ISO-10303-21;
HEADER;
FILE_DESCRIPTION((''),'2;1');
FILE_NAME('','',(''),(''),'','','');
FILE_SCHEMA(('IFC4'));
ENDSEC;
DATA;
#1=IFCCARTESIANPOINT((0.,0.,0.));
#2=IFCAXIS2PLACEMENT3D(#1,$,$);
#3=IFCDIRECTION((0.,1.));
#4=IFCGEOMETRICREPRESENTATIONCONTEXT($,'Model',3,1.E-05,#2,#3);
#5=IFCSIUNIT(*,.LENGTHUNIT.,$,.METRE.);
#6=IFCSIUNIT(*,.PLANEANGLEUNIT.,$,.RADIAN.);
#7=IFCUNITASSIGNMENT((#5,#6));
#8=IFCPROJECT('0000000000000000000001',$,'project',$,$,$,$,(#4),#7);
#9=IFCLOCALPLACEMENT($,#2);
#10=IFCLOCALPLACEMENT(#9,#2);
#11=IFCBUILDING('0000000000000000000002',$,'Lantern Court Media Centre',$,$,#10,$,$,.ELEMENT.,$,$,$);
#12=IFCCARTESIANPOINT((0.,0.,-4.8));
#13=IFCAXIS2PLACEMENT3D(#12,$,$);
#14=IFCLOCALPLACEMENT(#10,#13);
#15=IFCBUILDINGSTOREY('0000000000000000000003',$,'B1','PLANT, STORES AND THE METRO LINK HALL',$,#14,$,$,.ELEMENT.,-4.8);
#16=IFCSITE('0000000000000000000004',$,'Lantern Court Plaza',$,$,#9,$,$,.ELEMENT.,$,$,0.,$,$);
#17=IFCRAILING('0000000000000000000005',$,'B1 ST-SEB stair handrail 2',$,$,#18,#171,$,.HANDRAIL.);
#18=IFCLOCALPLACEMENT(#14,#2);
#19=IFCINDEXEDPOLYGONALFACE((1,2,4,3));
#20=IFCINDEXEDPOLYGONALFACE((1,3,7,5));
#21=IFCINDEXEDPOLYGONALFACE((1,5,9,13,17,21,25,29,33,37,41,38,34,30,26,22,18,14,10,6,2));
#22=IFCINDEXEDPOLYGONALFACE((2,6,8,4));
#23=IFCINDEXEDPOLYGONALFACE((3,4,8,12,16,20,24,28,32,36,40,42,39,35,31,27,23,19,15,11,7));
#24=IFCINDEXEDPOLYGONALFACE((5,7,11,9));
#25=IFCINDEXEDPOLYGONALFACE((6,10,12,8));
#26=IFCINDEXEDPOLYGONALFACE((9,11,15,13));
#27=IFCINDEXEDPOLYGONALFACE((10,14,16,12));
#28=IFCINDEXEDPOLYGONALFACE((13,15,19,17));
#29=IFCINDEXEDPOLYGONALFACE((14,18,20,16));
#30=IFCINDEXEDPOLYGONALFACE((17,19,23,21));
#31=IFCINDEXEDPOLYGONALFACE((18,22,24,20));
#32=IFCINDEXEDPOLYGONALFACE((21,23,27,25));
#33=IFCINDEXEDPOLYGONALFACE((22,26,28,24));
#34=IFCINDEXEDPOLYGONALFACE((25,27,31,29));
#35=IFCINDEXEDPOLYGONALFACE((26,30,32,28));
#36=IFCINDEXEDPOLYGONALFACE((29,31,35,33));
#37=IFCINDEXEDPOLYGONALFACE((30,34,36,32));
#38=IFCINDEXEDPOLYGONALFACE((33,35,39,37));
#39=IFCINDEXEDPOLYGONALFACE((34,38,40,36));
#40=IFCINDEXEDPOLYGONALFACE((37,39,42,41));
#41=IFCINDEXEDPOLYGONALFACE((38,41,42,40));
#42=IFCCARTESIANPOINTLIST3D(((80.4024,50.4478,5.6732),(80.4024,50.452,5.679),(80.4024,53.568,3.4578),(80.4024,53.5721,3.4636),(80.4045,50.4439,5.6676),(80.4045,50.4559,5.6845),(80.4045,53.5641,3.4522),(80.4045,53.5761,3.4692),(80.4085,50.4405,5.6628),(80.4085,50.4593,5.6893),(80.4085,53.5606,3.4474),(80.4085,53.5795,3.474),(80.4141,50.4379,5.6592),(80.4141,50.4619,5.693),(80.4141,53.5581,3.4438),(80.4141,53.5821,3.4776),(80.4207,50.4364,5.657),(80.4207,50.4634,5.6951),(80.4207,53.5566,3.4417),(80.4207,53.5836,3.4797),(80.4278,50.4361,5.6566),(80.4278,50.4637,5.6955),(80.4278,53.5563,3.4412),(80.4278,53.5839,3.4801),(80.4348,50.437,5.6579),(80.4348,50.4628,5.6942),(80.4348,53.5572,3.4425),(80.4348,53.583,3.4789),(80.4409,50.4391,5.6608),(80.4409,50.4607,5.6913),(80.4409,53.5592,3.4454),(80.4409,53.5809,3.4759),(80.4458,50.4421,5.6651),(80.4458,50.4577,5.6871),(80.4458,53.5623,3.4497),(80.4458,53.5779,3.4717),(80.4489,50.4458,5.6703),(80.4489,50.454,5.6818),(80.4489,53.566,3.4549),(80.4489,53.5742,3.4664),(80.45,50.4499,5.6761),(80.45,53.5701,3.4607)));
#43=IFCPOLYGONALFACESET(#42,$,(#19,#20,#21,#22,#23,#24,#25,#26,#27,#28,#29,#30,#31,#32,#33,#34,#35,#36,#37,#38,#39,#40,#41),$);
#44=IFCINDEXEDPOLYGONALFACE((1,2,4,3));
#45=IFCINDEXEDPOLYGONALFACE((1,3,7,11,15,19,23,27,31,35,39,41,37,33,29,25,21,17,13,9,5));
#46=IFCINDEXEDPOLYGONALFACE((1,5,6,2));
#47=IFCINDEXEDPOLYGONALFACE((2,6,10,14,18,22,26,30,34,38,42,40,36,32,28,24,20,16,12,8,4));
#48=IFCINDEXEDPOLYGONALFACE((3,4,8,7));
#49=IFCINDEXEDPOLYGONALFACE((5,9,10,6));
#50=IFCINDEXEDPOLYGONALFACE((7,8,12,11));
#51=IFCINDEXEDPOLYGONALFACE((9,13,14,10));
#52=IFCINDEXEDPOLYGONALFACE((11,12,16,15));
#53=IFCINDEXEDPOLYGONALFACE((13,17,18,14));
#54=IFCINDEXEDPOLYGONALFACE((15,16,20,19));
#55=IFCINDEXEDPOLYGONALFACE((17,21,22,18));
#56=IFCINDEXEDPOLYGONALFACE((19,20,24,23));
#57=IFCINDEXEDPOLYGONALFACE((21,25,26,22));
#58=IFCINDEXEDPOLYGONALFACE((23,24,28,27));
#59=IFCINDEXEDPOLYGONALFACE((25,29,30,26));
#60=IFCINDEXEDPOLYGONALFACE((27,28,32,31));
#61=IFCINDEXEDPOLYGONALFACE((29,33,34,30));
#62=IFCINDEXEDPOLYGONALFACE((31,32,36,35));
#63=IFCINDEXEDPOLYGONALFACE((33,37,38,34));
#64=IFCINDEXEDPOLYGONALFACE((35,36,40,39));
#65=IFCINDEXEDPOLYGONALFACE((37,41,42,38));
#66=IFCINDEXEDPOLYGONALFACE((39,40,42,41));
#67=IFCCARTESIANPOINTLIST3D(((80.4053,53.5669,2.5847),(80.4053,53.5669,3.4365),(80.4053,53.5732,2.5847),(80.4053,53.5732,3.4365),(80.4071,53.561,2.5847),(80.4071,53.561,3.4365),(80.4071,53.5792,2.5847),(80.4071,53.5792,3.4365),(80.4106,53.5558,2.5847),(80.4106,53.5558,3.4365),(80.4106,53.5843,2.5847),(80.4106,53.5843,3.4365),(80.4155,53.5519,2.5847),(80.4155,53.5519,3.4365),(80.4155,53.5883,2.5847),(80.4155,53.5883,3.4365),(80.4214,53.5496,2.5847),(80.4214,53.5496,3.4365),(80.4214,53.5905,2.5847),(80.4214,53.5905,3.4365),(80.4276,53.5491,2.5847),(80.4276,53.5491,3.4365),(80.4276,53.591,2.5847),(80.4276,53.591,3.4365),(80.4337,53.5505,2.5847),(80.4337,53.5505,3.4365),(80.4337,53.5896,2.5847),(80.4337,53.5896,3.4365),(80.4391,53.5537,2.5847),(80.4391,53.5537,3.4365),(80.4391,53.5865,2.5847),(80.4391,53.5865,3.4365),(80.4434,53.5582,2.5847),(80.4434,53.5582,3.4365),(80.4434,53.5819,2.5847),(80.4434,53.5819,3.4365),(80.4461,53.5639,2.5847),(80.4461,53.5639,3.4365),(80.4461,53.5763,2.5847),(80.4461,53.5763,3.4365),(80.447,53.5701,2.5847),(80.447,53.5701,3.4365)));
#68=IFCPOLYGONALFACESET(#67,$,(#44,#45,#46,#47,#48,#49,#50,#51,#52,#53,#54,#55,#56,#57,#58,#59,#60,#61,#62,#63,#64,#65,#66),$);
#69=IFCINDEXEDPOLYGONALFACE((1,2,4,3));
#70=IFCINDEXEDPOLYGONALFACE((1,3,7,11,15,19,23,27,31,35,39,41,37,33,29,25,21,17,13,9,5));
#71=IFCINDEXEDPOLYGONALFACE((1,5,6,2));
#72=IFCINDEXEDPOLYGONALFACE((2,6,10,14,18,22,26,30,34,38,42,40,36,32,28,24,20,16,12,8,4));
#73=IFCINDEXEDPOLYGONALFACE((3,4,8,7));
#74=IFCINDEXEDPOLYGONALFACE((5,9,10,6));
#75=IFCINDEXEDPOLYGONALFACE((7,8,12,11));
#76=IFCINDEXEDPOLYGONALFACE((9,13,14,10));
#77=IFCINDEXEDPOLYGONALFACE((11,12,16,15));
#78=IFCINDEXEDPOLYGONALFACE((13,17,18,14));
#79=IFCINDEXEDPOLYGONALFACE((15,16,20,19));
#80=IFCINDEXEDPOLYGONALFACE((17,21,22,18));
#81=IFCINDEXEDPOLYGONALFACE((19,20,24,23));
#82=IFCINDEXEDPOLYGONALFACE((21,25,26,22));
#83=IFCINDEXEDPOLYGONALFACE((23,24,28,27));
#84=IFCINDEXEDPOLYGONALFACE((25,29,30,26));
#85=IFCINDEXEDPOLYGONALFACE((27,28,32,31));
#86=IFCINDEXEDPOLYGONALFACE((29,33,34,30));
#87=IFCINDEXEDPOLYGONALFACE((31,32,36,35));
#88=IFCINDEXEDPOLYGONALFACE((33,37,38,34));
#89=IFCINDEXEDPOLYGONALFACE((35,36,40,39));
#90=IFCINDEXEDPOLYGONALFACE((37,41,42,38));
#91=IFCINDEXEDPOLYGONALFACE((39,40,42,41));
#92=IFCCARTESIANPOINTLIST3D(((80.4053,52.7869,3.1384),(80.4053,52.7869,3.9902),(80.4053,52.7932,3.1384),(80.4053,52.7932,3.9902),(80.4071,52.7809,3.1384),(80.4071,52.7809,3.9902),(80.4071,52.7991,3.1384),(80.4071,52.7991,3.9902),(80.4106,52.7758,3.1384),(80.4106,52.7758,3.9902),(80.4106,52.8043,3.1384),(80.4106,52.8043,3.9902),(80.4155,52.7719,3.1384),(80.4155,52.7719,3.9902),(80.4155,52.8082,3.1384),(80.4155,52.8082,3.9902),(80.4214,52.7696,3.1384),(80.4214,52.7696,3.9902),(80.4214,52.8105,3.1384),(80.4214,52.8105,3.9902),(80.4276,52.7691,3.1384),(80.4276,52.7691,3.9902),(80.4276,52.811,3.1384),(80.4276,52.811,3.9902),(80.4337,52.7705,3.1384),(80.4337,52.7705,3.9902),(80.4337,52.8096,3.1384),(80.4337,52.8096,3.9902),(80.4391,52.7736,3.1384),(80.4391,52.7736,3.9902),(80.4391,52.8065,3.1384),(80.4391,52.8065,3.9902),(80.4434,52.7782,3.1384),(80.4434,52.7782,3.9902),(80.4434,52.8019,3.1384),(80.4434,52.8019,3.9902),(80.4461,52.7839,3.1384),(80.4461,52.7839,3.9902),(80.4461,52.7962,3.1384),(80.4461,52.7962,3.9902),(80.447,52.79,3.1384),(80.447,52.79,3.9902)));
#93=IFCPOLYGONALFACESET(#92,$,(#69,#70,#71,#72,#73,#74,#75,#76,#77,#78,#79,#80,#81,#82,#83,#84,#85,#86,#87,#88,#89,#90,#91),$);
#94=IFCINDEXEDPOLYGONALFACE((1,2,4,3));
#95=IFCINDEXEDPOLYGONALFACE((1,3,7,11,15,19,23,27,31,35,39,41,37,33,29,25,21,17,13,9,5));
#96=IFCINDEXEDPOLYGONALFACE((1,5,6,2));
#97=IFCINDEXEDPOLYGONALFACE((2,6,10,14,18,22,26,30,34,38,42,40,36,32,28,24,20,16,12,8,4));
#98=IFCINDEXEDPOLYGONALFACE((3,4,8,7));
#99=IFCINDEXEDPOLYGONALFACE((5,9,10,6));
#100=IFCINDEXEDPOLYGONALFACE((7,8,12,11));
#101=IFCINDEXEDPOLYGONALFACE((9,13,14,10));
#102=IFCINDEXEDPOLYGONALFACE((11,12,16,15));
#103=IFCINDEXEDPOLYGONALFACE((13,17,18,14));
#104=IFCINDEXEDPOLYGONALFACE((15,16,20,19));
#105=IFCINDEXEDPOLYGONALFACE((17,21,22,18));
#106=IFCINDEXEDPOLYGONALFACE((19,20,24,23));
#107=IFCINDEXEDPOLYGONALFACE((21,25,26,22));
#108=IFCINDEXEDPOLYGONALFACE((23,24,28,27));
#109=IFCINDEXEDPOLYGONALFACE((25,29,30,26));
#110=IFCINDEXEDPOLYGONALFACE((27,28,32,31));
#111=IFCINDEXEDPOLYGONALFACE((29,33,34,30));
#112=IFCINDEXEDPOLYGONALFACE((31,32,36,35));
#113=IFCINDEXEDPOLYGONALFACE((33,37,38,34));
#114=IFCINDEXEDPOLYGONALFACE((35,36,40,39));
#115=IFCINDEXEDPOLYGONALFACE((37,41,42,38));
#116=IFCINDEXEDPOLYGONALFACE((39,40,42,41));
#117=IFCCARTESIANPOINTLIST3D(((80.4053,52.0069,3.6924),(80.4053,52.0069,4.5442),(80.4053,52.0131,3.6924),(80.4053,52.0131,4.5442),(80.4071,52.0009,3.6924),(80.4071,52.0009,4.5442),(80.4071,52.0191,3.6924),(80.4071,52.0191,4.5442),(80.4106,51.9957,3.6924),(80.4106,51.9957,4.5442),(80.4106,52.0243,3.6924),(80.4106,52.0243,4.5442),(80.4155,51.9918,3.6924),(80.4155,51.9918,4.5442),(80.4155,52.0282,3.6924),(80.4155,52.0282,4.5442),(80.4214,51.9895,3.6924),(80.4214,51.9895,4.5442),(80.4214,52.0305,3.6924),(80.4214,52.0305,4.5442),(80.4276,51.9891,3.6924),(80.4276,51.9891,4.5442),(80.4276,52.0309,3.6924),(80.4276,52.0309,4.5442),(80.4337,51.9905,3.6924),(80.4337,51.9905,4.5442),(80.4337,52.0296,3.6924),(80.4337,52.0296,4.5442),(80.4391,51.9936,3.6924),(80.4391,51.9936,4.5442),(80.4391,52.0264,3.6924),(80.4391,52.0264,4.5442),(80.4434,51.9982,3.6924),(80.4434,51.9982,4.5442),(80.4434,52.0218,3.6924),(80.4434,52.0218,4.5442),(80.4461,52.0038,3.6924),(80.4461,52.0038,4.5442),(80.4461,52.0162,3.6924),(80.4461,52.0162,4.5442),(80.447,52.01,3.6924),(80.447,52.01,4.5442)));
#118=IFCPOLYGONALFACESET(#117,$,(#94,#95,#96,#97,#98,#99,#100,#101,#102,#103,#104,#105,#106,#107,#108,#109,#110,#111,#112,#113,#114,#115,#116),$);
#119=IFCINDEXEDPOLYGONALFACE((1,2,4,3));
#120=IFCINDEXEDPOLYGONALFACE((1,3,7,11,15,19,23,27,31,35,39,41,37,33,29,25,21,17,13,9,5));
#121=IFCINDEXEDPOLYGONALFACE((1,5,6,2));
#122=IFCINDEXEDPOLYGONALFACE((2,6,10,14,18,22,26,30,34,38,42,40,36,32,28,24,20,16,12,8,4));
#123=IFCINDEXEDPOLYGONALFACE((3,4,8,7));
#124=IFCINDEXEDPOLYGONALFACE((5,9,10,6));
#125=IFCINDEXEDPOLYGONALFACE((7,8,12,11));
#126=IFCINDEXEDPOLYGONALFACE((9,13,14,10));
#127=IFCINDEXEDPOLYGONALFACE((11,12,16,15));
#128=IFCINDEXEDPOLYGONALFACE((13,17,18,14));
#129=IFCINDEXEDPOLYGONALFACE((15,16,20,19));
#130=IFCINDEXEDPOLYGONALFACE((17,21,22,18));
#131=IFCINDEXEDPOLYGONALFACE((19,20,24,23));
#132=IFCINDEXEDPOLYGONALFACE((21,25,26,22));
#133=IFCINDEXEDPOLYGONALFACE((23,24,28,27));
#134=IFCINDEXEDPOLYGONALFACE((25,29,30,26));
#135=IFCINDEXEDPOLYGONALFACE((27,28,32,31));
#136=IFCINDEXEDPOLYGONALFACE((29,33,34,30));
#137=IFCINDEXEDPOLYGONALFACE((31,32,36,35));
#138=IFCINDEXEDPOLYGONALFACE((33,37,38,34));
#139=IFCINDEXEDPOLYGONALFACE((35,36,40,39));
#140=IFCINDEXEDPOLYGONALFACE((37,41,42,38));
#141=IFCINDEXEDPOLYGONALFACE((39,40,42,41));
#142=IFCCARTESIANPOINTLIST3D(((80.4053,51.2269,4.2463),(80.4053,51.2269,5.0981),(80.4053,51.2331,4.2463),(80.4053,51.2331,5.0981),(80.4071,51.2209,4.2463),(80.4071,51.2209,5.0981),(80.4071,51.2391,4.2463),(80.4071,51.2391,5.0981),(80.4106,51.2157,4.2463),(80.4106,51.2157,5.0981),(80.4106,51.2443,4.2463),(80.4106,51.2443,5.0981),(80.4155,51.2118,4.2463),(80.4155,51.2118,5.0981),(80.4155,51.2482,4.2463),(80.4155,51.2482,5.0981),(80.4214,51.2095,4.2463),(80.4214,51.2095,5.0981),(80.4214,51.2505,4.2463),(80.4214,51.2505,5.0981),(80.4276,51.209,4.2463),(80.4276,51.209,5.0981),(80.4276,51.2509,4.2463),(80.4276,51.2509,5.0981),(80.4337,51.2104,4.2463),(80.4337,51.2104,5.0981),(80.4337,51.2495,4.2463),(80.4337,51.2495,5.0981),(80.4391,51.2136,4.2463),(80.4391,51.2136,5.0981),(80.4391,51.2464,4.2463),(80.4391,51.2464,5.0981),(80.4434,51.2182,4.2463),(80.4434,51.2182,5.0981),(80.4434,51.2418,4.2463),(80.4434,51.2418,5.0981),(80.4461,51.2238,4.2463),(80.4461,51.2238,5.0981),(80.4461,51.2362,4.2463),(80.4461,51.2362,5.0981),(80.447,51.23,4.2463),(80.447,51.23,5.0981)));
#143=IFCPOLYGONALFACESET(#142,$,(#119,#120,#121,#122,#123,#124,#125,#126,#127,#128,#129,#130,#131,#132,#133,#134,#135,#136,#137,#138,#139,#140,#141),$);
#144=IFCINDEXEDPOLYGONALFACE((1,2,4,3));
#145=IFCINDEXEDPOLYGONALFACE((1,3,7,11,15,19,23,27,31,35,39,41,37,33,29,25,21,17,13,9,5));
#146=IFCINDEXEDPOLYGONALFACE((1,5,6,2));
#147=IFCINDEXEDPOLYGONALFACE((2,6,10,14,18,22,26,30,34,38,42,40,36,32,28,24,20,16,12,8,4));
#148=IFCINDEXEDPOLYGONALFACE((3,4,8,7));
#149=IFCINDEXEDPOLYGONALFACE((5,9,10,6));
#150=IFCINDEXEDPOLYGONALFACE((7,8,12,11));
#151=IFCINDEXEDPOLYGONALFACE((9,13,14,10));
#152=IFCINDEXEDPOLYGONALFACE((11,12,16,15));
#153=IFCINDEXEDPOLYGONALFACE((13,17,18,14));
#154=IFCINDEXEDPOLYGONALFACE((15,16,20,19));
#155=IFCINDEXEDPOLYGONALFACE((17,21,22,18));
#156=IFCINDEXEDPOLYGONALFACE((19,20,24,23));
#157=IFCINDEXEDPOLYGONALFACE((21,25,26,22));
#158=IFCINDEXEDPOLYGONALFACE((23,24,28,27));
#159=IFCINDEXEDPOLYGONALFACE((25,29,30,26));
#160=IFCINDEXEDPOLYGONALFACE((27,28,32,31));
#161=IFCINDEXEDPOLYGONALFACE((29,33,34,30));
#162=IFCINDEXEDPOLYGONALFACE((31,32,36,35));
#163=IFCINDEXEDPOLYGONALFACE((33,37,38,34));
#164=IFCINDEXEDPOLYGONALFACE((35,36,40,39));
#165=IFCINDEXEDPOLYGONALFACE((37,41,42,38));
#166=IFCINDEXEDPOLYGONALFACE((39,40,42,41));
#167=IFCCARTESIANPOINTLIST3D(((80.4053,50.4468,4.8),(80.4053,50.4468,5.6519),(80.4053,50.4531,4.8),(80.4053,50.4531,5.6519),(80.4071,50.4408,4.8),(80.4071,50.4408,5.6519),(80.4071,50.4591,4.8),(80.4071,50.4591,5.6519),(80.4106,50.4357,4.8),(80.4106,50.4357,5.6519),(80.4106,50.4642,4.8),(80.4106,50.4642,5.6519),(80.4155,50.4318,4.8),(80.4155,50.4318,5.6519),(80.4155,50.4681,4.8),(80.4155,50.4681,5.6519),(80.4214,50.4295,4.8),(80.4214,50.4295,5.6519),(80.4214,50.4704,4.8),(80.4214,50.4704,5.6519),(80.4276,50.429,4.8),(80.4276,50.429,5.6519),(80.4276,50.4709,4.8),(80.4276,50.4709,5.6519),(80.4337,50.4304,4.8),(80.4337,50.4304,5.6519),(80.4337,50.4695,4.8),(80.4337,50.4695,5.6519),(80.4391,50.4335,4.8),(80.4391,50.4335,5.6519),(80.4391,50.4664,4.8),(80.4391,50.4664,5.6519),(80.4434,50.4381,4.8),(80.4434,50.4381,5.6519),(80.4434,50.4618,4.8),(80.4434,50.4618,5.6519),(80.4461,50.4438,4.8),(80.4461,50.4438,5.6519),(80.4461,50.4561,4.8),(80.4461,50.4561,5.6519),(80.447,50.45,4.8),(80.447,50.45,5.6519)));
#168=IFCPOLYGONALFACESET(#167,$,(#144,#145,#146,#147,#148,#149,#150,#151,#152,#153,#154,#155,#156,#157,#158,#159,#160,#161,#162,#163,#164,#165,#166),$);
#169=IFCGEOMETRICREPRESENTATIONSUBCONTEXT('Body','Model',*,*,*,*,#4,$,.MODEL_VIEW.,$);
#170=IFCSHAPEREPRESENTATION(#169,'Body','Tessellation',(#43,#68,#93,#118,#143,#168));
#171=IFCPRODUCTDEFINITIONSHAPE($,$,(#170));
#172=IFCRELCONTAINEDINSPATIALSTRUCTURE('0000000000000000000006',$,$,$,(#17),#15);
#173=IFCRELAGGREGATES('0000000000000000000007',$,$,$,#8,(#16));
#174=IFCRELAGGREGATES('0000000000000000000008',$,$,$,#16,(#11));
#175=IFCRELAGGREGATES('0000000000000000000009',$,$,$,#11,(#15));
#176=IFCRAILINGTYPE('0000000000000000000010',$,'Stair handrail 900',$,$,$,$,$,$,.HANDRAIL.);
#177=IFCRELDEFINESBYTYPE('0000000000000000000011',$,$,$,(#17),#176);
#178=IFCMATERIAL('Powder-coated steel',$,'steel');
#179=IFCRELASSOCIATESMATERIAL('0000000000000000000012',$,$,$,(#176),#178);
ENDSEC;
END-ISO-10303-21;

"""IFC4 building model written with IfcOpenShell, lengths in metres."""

from ifc_helpers import new_model, si_unit, direction, frame, origin, origin_2d, place, context, subcontext, project, spatial, circle, extrude, material, type_object, element, save


model = new_model("IFC4")

# Units and contexts
model_context = context("Model", 3, precision=1e-05, world=origin(), true_north=direction((0.0, 1.0)))
body_context = subcontext(model_context, "Body", "Model", "MODEL_VIEW")
ifc_project = project(units=[si_unit("LENGTHUNIT", "METRE"), si_unit("PLANEANGLEUNIT", "RADIAN")], contexts=[model_context])

# Site, building, storey
site_placement = place(None, origin())
site = spatial("IfcSite", under=ifc_project, at=site_placement, Name="Lantern Court Plaza", CompositionType="ELEMENT", RefElevation=0.0)
building_placement = place(site_placement, origin())
building = spatial("IfcBuilding", under=site, at=building_placement, Name="Lantern Court Media Centre", CompositionType="ELEMENT")
storey_placement = place(building_placement, frame((0.0, 0.0, -4.8)))
storey = spatial("IfcBuildingStorey", under=building, at=storey_placement, Name="B1", Description="PLANT, STORES AND THE METRO LINK HALL", CompositionType="ELEMENT", Elevation=-4.8)

# Railing
ifc_material_1 = material(Name="Powder-coated steel", Category="steel")
railing_type_1 = type_object("IfcRailingType", Name="Stair handrail 900", PredefinedType="HANDRAIL", material=ifc_material_1)
railing_1_placement = place(storey_placement, frame((80.426, 53.5701, 2.5847)))
element("IfcRailing", 1, at=railing_1_placement, inside=storey, type_object=railing_type_1, Name="B1 ST-SEB stair handrail 2", PredefinedType="HANDRAIL", context=body_context, shape_type="SweptSolid", body=[
    extrude(circle(Radius=0.0239, at=origin_2d()), frame((0.0, 0.0, 0.876), z_axis=(0.0, -0.815377, 0.57893), x_axis=(1.0, 0.0, 0.0)), (0.0, 0.0, 1.0), 3.8267),
    extrude(circle(Radius=0.021, at=origin_2d()), origin(), (0.0, 0.0, 1.0), 0.8518),
    extrude(circle(Radius=0.021, at=origin_2d()), frame((0.0, -0.78, 0.5537)), (0.0, 0.0, 1.0), 0.8518),
    extrude(circle(Radius=0.021, at=origin_2d()), frame((0.0, -1.5601, 1.1077)), (0.0, 0.0, 1.0), 0.8518),
    extrude(circle(Radius=0.021, at=origin_2d()), frame((0.0, -2.3401, 1.6616)), (0.0, 0.0, 1.0), 0.8518),
    extrude(circle(Radius=0.021, at=origin_2d()), frame((0.0, -3.1201, 2.2153)), (0.0, 0.0, 1.0), 0.8518),
])

save(model, "model.ifc")
